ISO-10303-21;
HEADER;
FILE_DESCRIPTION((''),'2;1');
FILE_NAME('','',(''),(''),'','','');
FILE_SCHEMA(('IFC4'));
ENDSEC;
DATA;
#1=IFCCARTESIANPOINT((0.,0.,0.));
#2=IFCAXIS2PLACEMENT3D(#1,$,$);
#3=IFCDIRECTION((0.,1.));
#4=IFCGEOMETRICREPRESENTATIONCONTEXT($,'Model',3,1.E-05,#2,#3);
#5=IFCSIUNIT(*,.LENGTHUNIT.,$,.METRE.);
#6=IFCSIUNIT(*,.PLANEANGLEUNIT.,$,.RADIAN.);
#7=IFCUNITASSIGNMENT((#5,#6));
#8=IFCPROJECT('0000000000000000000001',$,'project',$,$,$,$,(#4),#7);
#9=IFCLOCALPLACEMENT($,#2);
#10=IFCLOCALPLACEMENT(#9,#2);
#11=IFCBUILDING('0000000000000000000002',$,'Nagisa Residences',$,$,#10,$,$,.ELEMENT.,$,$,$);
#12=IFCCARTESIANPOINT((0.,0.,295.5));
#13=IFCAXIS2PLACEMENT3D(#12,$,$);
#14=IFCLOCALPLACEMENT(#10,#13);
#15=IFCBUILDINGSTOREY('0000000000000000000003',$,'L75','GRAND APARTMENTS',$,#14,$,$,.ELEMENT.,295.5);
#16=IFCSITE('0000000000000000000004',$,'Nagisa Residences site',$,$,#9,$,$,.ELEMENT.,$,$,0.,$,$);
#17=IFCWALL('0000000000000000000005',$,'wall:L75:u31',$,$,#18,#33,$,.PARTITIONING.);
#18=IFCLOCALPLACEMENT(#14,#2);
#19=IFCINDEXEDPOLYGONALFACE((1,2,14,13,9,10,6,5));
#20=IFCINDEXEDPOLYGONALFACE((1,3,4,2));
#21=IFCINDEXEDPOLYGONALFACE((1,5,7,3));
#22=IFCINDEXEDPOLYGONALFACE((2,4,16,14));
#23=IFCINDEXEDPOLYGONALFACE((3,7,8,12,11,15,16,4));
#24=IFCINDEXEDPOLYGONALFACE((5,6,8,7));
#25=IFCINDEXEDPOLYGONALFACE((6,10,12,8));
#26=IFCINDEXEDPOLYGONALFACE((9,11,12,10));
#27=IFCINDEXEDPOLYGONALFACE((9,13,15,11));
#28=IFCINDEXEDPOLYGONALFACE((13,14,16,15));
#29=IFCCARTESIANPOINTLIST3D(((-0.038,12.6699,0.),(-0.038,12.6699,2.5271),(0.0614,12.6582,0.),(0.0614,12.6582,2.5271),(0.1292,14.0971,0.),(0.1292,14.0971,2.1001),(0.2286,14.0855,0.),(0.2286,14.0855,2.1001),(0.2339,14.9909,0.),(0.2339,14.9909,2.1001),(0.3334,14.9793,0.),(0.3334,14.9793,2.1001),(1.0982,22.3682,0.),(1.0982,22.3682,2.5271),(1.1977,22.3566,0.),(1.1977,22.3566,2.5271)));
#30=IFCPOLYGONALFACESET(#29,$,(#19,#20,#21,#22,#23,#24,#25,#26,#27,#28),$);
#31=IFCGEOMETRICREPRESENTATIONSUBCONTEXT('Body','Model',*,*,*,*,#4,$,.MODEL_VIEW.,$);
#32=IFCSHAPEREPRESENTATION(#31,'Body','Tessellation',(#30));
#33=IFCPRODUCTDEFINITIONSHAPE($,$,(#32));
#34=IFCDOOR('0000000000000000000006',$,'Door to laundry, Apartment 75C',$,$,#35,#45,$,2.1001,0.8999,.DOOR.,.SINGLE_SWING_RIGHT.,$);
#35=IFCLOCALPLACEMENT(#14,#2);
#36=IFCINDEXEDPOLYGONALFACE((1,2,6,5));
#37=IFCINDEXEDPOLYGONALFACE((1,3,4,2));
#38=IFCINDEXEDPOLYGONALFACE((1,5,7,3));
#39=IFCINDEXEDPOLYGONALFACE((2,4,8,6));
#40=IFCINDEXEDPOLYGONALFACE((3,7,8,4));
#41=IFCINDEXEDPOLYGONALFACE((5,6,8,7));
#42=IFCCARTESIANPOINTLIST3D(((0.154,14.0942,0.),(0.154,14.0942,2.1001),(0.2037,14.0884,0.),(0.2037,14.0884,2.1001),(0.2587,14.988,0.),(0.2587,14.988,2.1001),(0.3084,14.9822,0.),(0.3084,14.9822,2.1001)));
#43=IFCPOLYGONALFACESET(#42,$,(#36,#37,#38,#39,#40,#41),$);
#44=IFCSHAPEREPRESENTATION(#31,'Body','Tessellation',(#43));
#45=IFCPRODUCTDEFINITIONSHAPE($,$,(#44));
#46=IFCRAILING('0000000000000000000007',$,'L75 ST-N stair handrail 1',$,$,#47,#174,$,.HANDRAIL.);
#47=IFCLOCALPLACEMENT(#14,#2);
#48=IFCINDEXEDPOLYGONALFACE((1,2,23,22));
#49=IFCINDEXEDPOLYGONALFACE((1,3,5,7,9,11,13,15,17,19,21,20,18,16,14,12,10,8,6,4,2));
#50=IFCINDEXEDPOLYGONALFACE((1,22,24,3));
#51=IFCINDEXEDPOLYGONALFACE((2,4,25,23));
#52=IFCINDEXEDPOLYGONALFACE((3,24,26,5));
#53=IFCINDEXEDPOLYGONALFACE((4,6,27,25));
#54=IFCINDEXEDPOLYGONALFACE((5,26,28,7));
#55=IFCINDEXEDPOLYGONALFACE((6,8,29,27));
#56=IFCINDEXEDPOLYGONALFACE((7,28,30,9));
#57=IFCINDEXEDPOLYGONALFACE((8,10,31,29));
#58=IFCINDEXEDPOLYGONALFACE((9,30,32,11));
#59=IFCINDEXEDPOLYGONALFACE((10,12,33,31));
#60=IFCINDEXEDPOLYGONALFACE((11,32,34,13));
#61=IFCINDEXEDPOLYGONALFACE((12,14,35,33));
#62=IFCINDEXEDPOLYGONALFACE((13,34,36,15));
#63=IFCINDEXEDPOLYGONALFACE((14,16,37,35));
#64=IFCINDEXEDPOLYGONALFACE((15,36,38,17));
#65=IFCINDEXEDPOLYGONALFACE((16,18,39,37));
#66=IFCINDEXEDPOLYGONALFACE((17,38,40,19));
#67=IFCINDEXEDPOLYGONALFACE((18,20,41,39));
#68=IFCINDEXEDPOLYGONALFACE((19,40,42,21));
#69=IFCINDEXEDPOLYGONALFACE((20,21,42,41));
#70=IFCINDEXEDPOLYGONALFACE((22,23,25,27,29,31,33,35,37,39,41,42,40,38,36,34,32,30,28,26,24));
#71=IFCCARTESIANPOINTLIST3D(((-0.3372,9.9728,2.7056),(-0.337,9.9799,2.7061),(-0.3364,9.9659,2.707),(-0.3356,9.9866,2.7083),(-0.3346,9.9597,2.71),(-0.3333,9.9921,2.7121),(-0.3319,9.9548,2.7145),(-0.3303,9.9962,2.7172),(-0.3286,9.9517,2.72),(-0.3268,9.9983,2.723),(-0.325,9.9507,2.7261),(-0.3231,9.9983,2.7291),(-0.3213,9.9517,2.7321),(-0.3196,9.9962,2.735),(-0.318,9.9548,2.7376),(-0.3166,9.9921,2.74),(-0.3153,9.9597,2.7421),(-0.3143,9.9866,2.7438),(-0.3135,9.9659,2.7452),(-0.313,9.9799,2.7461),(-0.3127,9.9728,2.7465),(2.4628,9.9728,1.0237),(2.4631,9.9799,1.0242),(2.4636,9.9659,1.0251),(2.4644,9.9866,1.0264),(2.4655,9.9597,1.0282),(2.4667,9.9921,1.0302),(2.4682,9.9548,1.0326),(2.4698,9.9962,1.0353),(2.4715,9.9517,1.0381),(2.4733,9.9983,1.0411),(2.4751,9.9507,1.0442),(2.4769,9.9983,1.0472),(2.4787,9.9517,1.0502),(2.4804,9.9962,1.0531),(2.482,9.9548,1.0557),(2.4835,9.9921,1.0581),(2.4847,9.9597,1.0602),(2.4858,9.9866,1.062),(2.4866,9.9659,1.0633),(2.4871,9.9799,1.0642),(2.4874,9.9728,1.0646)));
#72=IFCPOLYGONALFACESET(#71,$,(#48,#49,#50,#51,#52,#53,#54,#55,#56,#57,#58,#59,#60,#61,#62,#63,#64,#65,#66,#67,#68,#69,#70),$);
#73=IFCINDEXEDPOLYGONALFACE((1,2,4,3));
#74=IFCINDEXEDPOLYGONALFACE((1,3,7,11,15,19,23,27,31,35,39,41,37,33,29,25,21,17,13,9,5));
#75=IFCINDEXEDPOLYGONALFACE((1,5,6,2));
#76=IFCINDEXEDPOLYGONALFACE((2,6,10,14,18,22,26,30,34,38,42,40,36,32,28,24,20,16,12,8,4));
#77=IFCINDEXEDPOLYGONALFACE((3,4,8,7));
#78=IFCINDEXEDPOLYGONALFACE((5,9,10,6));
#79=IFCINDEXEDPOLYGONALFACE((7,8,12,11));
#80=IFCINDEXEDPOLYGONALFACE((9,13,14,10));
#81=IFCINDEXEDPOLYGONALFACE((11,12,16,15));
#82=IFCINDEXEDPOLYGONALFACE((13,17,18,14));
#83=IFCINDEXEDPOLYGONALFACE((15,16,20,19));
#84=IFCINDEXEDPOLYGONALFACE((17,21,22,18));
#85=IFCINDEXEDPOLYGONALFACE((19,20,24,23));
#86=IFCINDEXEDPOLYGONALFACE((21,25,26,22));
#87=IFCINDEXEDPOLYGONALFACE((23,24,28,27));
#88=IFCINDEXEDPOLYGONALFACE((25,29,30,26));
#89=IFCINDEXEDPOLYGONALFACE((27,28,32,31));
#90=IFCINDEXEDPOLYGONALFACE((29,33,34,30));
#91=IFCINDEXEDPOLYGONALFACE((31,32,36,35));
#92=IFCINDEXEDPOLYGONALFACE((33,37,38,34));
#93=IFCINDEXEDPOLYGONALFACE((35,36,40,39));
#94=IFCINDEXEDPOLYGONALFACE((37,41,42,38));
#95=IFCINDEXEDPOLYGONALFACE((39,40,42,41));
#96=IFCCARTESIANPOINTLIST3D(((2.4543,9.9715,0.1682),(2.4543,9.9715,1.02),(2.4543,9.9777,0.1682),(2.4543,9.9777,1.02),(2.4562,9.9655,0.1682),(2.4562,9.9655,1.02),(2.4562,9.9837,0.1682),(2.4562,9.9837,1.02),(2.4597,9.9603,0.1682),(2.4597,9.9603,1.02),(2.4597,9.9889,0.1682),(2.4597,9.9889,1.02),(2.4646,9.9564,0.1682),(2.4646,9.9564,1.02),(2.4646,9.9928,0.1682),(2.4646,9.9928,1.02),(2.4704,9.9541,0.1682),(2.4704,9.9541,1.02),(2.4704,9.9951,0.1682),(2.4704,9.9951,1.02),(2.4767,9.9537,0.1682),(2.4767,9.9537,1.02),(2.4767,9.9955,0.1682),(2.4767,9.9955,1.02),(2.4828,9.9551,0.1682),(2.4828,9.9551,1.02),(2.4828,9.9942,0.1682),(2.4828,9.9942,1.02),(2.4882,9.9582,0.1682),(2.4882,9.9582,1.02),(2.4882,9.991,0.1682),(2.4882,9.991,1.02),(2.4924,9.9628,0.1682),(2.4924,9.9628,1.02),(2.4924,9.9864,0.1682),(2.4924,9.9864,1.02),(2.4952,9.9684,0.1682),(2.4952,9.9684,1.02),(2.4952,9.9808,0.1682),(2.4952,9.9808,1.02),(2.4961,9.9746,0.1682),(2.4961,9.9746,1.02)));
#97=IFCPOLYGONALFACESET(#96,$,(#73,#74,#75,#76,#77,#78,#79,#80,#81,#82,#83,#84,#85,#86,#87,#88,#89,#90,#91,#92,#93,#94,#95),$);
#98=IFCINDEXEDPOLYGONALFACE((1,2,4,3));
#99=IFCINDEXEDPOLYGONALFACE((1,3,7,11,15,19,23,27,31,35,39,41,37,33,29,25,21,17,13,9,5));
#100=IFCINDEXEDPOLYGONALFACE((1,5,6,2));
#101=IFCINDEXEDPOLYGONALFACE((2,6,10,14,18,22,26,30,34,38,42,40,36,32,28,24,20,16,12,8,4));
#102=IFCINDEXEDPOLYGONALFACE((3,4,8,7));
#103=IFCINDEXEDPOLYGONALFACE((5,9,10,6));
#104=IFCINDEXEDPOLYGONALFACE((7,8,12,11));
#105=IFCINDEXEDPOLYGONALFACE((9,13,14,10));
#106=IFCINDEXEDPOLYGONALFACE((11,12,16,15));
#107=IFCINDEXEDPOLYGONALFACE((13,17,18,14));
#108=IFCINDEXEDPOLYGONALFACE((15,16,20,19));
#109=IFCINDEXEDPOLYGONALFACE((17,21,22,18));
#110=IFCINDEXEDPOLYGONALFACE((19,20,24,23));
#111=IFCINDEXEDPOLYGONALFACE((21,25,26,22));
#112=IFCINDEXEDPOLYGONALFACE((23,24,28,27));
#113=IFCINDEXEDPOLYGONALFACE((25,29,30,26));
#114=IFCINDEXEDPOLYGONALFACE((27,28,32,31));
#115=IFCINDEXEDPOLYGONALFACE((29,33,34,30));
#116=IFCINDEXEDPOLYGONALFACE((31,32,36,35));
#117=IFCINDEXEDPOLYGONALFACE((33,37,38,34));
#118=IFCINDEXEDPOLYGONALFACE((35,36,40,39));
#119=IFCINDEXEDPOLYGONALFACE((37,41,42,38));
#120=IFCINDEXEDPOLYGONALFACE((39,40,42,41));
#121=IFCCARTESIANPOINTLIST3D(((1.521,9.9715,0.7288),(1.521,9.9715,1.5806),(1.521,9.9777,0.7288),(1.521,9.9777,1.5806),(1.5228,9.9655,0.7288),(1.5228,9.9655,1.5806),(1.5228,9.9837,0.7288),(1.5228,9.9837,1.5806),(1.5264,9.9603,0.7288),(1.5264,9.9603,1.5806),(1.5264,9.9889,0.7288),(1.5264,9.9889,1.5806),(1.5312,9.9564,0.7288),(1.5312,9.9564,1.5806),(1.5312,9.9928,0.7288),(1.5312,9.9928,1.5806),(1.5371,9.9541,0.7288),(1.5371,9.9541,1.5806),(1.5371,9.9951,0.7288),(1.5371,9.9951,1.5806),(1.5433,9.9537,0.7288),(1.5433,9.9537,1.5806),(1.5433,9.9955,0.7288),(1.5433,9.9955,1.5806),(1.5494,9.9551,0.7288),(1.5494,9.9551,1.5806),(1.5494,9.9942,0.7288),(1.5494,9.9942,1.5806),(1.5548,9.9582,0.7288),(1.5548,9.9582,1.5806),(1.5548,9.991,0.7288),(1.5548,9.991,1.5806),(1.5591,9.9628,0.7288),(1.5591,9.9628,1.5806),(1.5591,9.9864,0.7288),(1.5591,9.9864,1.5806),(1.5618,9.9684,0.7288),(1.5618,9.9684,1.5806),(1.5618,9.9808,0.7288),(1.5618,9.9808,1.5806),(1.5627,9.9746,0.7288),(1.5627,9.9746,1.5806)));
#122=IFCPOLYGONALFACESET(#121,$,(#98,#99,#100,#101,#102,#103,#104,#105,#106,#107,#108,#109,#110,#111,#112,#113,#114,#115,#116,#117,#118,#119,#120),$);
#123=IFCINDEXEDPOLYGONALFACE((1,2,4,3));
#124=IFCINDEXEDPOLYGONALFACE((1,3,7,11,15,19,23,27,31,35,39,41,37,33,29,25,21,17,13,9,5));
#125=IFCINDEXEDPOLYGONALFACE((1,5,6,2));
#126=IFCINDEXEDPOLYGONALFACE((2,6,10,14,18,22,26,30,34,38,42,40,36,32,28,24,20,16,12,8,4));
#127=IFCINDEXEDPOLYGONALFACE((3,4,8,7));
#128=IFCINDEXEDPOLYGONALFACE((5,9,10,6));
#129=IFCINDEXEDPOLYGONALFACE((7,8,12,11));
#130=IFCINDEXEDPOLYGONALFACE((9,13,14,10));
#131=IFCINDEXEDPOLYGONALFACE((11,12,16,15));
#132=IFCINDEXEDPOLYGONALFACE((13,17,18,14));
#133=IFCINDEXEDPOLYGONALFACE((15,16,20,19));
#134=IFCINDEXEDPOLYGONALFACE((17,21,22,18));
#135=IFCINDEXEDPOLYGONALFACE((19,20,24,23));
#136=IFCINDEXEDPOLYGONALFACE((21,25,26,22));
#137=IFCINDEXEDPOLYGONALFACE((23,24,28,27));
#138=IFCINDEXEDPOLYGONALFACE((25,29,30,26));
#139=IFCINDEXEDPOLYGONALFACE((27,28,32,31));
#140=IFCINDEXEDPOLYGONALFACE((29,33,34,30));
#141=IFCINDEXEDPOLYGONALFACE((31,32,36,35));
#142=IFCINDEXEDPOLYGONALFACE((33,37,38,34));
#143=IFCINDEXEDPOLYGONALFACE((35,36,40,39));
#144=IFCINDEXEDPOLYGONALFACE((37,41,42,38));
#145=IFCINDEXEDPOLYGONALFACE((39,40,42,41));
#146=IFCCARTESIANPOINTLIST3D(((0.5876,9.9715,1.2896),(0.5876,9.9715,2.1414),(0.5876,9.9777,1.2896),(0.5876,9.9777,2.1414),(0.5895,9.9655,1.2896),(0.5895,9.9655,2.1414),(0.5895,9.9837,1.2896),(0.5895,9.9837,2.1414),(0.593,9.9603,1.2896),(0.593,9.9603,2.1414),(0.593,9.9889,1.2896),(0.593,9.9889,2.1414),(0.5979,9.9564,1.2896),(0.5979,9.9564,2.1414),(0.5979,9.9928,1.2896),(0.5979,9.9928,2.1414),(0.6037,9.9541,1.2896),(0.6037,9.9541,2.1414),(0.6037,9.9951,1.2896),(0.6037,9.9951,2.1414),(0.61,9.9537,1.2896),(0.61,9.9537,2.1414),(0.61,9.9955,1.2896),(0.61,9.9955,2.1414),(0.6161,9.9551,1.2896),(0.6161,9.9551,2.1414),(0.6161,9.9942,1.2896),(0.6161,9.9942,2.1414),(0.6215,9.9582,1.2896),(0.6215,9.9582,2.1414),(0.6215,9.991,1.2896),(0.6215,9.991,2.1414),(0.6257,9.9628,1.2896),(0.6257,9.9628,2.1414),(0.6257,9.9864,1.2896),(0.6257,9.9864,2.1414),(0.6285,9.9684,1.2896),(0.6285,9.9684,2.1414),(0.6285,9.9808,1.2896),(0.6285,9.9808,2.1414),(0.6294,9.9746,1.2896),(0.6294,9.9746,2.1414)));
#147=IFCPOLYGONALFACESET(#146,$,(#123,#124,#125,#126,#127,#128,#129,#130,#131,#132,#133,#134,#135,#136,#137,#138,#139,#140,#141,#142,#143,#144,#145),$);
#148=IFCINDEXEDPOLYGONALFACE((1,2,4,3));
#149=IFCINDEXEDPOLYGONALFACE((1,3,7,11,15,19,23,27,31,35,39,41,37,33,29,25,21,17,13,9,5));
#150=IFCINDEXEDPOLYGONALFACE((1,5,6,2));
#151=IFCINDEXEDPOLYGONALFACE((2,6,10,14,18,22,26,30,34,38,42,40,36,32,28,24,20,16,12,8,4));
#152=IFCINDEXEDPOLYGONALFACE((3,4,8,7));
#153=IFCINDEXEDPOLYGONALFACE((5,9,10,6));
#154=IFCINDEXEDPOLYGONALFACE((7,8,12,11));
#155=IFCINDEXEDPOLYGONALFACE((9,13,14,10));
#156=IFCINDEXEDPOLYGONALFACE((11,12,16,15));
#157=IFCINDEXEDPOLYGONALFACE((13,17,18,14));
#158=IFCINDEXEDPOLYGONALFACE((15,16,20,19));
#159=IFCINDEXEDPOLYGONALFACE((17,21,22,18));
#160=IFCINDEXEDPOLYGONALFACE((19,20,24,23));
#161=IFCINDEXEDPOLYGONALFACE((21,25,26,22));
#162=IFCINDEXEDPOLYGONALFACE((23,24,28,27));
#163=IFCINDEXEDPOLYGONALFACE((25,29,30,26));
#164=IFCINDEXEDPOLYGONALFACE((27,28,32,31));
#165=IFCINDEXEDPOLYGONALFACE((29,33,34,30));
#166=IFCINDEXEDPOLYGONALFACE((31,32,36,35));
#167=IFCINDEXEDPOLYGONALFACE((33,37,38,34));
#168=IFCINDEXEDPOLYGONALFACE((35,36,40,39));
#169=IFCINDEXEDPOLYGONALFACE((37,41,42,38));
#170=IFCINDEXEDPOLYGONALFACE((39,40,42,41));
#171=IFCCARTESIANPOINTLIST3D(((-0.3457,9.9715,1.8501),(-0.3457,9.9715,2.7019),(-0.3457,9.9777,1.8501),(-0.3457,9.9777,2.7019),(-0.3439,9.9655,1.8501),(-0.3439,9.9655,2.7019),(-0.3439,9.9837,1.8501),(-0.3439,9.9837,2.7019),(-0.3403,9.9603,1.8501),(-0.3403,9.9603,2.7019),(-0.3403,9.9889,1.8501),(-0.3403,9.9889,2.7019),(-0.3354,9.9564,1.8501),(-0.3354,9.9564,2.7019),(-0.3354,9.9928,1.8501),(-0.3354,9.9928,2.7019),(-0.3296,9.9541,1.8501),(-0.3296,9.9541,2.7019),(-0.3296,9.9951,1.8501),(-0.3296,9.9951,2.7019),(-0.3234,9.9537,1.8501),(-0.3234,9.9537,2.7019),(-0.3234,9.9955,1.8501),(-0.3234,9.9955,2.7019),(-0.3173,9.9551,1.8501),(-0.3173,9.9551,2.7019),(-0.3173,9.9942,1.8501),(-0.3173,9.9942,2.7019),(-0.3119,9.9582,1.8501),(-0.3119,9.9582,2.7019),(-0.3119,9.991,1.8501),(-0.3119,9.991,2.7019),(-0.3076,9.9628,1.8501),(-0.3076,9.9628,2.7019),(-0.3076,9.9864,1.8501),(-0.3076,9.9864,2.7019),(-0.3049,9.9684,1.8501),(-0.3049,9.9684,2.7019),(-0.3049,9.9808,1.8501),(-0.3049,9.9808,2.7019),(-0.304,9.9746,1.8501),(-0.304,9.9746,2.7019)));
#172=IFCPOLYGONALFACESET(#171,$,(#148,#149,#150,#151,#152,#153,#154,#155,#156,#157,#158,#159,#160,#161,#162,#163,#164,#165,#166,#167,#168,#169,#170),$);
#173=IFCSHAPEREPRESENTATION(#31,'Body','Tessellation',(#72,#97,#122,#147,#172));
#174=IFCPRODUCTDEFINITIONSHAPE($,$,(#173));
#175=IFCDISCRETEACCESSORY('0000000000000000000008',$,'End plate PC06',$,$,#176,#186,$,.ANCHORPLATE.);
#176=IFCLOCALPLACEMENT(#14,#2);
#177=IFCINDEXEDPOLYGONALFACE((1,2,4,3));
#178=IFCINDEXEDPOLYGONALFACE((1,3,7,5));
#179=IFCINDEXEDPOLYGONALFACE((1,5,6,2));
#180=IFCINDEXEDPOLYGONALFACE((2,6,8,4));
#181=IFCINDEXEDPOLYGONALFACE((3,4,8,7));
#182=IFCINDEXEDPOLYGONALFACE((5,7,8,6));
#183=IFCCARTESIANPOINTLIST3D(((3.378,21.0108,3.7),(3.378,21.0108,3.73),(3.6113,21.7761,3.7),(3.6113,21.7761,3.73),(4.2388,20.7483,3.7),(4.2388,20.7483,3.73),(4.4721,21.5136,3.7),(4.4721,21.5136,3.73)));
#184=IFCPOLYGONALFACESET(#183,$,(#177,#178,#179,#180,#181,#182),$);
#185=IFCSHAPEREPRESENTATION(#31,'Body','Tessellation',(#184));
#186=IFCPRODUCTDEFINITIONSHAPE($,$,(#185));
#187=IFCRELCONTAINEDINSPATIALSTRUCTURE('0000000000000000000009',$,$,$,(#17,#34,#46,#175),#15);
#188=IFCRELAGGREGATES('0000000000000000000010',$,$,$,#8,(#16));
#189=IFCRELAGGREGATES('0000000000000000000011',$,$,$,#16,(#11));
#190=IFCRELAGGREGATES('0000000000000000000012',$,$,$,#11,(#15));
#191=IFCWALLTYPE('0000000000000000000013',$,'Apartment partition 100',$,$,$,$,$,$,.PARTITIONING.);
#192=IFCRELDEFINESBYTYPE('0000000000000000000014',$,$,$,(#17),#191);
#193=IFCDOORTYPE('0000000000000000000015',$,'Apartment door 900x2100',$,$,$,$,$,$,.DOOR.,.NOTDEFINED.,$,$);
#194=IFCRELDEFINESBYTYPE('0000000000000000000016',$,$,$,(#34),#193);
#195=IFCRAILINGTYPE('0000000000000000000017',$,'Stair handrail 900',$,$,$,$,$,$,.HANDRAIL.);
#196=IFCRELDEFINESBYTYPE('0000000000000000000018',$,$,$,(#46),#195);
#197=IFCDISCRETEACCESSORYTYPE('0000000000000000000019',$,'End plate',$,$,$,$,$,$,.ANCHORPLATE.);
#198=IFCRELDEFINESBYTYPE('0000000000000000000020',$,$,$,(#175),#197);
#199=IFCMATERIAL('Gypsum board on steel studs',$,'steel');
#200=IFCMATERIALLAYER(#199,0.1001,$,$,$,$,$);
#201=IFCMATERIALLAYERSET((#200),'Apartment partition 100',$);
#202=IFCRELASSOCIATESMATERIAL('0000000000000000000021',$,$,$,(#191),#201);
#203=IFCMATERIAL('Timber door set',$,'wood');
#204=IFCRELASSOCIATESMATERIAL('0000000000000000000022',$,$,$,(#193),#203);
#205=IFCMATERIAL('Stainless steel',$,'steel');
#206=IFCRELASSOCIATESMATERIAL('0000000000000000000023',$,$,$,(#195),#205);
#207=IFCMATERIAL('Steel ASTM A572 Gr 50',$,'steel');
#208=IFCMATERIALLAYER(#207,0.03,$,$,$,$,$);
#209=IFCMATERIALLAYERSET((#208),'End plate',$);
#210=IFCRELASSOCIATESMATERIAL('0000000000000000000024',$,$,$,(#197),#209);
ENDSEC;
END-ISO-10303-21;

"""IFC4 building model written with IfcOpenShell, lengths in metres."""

from ifc_helpers import new_model, si_unit, direction, frame, frame_2d, origin, origin_2d, place, context, subcontext, project, spatial, rectangle, circle, extrude, material, layer, layer_set, type_object, element, fill, save


model = new_model("IFC4")

# Units and contexts
model_context = context("Model", 3, precision=1e-05, world=origin(), true_north=direction((0.0, 1.0)))
body_context = subcontext(model_context, "Body", "Model", "MODEL_VIEW")
ifc_project = project(units=[si_unit("LENGTHUNIT", "METRE"), si_unit("PLANEANGLEUNIT", "RADIAN")], contexts=[model_context])

# Site, building, storey
site_placement = place(None, origin())
site = spatial("IfcSite", under=ifc_project, at=site_placement, Name="Nagisa Residences site", CompositionType="ELEMENT", RefElevation=0.0)
building_placement = place(site_placement, origin())
building = spatial("IfcBuilding", under=site, at=building_placement, Name="Nagisa Residences", CompositionType="ELEMENT")
storey_placement = place(building_placement, frame((0.0, 0.0, 295.5)))
storey = spatial("IfcBuildingStorey", under=building, at=storey_placement, Name="L75", Description="GRAND APARTMENTS", CompositionType="ELEMENT", Elevation=295.5)

# Shared definitions
ifc_material_1 = material(Name="Gypsum board on steel studs", Category="steel")
ifc_layer_1 = layer(ifc_material_1, 0.1001)
ifc_layer_set_1 = layer_set([ifc_layer_1], Name="Apartment partition 100")
wall_type_1 = type_object("IfcWallType", Name="Apartment partition 100", PredefinedType="PARTITIONING", material=ifc_layer_set_1)
ifc_material_2 = material(Name="Timber door set", Category="wood")
door_type_1 = type_object("IfcDoorType", Name="Apartment door 900x2100", OperationType="NOTDEFINED", PredefinedType="DOOR", material=ifc_material_2)

# Wall, opening, door
wall_1_placement = place(storey_placement, frame((0.0117, 12.6641, 0.0), z_axis=(0.0, 0.0, 1.0), x_axis=(0.116363, 0.993207, 0.0)))
wall_1 = element("IfcWall", 1, at=wall_1_placement, inside=storey, type_object=wall_type_1, Name="wall:L75:u31", PredefinedType="PARTITIONING", context=body_context, shape_type="SweptSolid", body=[
    extrude(rectangle(XDim=9.7646, YDim=0.1001, at=frame_2d((4.8823, 0.0))), origin(), (0.0, 0.0, 1.0), 2.5271),
])
opening_1_placement = place(wall_1_placement, frame((1.437, 0.0, 0.0)))
opening_1 = element("IfcOpeningElement", 2, at=opening_1_placement, cuts=wall_1, PredefinedType="OPENING", context=body_context, shape_type="SweptSolid", body=[
    extrude(rectangle(XDim=0.8999, YDim=2.1001, at=frame_2d((0.45, 1.05))), frame((0.0, 0.0601, 0.0), z_axis=(0.0, -1.0, 0.0), x_axis=(1.0, 0.0, 0.0)), (0.0, 0.0, 1.0), 0.1201),
])
door_1_placement = place(opening_1_placement, frame((0.8999, 0.0, 0.0), x_axis=(-1.0, 0.0, 0.0)))
door_1 = element("IfcDoor", 3, at=door_1_placement, inside=storey, type_object=door_type_1, Name="Door to laundry, Apartment 75C", OperationType="SINGLE_SWING_RIGHT", OverallHeight=2.1001, OverallWidth=0.8999, PredefinedType="DOOR", context=body_context, shape_type="SweptSolid", body=[
    extrude(rectangle(XDim=0.8999, YDim=2.1001, at=frame_2d((0.45, 1.05))), frame((0.0, 0.0249, 0.0), z_axis=(0.0, -1.0, 0.0), x_axis=(1.0, 0.0, 0.0)), (0.0, 0.0, 1.0), 0.05),
])
fill(opening_1, door_1)

# Railing
ifc_material_3 = material(Name="Stainless steel", Category="steel")
railing_type_1 = type_object("IfcRailingType", Name="Stair handrail 900", PredefinedType="HANDRAIL", material=ifc_material_3)
railing_1_placement = place(storey_placement, frame((2.4751, 9.9746, 0.1682)))
element("IfcRailing", 4, at=railing_1_placement, inside=storey, type_object=railing_type_1, Name="L75 ST-N stair handrail 1", PredefinedType="HANDRAIL", context=body_context, shape_type="SweptSolid", body=[
    extrude(circle(Radius=0.0239, at=origin_2d()), frame((0.0, 0.0, 0.876), z_axis=(-0.857242, 0.0, 0.514913), x_axis=(0.0, -1.0, 0.0)), (0.0, 0.0, 1.0), 3.2664),
    extrude(circle(Radius=0.021, at=origin_2d()), origin(), (0.0, 0.0, 1.0), 0.8518),
    extrude(circle(Radius=0.021, at=origin_2d()), frame((-0.9333, 0.0, 0.5605)), (0.0, 0.0, 1.0), 0.8518),
    extrude(circle(Radius=0.021, at=origin_2d()), frame((-1.8667, 0.0, 1.1213)), (0.0, 0.0, 1.0), 0.8518),
    extrude(circle(Radius=0.021, at=origin_2d()), frame((-2.8, 0.0, 1.6819)), (0.0, 0.0, 1.0), 0.8518),
])

# Discrete accessory
ifc_material_4 = material(Name="Steel ASTM A572 Gr 50", Category="steel")
ifc_layer_2 = layer(ifc_material_4, 0.03)
ifc_layer_set_2 = layer_set([ifc_layer_2], Name="End plate")
discrete_accessory_type = type_object("IfcDiscreteAccessoryType", Name="End plate", PredefinedType="ANCHORPLATE", material=ifc_layer_set_2)
discrete_accessory_placement = place(storey_placement, frame((3.925, 21.2622, 3.7), z_axis=(0.0, 0.0, 1.0), x_axis=(-0.956525, 0.291652, 0.0)))
element("IfcDiscreteAccessory", 5, at=discrete_accessory_placement, inside=storey, type_object=discrete_accessory_type, Name="End plate PC06", PredefinedType="ANCHORPLATE", context=body_context, shape_type="SweptSolid", body=[
    extrude(rectangle(XDim=0.8999, YDim=0.8, at=origin_2d()), origin(), (0.0, 0.0, 1.0), 0.03),
])

save(model, "model.ifc")
